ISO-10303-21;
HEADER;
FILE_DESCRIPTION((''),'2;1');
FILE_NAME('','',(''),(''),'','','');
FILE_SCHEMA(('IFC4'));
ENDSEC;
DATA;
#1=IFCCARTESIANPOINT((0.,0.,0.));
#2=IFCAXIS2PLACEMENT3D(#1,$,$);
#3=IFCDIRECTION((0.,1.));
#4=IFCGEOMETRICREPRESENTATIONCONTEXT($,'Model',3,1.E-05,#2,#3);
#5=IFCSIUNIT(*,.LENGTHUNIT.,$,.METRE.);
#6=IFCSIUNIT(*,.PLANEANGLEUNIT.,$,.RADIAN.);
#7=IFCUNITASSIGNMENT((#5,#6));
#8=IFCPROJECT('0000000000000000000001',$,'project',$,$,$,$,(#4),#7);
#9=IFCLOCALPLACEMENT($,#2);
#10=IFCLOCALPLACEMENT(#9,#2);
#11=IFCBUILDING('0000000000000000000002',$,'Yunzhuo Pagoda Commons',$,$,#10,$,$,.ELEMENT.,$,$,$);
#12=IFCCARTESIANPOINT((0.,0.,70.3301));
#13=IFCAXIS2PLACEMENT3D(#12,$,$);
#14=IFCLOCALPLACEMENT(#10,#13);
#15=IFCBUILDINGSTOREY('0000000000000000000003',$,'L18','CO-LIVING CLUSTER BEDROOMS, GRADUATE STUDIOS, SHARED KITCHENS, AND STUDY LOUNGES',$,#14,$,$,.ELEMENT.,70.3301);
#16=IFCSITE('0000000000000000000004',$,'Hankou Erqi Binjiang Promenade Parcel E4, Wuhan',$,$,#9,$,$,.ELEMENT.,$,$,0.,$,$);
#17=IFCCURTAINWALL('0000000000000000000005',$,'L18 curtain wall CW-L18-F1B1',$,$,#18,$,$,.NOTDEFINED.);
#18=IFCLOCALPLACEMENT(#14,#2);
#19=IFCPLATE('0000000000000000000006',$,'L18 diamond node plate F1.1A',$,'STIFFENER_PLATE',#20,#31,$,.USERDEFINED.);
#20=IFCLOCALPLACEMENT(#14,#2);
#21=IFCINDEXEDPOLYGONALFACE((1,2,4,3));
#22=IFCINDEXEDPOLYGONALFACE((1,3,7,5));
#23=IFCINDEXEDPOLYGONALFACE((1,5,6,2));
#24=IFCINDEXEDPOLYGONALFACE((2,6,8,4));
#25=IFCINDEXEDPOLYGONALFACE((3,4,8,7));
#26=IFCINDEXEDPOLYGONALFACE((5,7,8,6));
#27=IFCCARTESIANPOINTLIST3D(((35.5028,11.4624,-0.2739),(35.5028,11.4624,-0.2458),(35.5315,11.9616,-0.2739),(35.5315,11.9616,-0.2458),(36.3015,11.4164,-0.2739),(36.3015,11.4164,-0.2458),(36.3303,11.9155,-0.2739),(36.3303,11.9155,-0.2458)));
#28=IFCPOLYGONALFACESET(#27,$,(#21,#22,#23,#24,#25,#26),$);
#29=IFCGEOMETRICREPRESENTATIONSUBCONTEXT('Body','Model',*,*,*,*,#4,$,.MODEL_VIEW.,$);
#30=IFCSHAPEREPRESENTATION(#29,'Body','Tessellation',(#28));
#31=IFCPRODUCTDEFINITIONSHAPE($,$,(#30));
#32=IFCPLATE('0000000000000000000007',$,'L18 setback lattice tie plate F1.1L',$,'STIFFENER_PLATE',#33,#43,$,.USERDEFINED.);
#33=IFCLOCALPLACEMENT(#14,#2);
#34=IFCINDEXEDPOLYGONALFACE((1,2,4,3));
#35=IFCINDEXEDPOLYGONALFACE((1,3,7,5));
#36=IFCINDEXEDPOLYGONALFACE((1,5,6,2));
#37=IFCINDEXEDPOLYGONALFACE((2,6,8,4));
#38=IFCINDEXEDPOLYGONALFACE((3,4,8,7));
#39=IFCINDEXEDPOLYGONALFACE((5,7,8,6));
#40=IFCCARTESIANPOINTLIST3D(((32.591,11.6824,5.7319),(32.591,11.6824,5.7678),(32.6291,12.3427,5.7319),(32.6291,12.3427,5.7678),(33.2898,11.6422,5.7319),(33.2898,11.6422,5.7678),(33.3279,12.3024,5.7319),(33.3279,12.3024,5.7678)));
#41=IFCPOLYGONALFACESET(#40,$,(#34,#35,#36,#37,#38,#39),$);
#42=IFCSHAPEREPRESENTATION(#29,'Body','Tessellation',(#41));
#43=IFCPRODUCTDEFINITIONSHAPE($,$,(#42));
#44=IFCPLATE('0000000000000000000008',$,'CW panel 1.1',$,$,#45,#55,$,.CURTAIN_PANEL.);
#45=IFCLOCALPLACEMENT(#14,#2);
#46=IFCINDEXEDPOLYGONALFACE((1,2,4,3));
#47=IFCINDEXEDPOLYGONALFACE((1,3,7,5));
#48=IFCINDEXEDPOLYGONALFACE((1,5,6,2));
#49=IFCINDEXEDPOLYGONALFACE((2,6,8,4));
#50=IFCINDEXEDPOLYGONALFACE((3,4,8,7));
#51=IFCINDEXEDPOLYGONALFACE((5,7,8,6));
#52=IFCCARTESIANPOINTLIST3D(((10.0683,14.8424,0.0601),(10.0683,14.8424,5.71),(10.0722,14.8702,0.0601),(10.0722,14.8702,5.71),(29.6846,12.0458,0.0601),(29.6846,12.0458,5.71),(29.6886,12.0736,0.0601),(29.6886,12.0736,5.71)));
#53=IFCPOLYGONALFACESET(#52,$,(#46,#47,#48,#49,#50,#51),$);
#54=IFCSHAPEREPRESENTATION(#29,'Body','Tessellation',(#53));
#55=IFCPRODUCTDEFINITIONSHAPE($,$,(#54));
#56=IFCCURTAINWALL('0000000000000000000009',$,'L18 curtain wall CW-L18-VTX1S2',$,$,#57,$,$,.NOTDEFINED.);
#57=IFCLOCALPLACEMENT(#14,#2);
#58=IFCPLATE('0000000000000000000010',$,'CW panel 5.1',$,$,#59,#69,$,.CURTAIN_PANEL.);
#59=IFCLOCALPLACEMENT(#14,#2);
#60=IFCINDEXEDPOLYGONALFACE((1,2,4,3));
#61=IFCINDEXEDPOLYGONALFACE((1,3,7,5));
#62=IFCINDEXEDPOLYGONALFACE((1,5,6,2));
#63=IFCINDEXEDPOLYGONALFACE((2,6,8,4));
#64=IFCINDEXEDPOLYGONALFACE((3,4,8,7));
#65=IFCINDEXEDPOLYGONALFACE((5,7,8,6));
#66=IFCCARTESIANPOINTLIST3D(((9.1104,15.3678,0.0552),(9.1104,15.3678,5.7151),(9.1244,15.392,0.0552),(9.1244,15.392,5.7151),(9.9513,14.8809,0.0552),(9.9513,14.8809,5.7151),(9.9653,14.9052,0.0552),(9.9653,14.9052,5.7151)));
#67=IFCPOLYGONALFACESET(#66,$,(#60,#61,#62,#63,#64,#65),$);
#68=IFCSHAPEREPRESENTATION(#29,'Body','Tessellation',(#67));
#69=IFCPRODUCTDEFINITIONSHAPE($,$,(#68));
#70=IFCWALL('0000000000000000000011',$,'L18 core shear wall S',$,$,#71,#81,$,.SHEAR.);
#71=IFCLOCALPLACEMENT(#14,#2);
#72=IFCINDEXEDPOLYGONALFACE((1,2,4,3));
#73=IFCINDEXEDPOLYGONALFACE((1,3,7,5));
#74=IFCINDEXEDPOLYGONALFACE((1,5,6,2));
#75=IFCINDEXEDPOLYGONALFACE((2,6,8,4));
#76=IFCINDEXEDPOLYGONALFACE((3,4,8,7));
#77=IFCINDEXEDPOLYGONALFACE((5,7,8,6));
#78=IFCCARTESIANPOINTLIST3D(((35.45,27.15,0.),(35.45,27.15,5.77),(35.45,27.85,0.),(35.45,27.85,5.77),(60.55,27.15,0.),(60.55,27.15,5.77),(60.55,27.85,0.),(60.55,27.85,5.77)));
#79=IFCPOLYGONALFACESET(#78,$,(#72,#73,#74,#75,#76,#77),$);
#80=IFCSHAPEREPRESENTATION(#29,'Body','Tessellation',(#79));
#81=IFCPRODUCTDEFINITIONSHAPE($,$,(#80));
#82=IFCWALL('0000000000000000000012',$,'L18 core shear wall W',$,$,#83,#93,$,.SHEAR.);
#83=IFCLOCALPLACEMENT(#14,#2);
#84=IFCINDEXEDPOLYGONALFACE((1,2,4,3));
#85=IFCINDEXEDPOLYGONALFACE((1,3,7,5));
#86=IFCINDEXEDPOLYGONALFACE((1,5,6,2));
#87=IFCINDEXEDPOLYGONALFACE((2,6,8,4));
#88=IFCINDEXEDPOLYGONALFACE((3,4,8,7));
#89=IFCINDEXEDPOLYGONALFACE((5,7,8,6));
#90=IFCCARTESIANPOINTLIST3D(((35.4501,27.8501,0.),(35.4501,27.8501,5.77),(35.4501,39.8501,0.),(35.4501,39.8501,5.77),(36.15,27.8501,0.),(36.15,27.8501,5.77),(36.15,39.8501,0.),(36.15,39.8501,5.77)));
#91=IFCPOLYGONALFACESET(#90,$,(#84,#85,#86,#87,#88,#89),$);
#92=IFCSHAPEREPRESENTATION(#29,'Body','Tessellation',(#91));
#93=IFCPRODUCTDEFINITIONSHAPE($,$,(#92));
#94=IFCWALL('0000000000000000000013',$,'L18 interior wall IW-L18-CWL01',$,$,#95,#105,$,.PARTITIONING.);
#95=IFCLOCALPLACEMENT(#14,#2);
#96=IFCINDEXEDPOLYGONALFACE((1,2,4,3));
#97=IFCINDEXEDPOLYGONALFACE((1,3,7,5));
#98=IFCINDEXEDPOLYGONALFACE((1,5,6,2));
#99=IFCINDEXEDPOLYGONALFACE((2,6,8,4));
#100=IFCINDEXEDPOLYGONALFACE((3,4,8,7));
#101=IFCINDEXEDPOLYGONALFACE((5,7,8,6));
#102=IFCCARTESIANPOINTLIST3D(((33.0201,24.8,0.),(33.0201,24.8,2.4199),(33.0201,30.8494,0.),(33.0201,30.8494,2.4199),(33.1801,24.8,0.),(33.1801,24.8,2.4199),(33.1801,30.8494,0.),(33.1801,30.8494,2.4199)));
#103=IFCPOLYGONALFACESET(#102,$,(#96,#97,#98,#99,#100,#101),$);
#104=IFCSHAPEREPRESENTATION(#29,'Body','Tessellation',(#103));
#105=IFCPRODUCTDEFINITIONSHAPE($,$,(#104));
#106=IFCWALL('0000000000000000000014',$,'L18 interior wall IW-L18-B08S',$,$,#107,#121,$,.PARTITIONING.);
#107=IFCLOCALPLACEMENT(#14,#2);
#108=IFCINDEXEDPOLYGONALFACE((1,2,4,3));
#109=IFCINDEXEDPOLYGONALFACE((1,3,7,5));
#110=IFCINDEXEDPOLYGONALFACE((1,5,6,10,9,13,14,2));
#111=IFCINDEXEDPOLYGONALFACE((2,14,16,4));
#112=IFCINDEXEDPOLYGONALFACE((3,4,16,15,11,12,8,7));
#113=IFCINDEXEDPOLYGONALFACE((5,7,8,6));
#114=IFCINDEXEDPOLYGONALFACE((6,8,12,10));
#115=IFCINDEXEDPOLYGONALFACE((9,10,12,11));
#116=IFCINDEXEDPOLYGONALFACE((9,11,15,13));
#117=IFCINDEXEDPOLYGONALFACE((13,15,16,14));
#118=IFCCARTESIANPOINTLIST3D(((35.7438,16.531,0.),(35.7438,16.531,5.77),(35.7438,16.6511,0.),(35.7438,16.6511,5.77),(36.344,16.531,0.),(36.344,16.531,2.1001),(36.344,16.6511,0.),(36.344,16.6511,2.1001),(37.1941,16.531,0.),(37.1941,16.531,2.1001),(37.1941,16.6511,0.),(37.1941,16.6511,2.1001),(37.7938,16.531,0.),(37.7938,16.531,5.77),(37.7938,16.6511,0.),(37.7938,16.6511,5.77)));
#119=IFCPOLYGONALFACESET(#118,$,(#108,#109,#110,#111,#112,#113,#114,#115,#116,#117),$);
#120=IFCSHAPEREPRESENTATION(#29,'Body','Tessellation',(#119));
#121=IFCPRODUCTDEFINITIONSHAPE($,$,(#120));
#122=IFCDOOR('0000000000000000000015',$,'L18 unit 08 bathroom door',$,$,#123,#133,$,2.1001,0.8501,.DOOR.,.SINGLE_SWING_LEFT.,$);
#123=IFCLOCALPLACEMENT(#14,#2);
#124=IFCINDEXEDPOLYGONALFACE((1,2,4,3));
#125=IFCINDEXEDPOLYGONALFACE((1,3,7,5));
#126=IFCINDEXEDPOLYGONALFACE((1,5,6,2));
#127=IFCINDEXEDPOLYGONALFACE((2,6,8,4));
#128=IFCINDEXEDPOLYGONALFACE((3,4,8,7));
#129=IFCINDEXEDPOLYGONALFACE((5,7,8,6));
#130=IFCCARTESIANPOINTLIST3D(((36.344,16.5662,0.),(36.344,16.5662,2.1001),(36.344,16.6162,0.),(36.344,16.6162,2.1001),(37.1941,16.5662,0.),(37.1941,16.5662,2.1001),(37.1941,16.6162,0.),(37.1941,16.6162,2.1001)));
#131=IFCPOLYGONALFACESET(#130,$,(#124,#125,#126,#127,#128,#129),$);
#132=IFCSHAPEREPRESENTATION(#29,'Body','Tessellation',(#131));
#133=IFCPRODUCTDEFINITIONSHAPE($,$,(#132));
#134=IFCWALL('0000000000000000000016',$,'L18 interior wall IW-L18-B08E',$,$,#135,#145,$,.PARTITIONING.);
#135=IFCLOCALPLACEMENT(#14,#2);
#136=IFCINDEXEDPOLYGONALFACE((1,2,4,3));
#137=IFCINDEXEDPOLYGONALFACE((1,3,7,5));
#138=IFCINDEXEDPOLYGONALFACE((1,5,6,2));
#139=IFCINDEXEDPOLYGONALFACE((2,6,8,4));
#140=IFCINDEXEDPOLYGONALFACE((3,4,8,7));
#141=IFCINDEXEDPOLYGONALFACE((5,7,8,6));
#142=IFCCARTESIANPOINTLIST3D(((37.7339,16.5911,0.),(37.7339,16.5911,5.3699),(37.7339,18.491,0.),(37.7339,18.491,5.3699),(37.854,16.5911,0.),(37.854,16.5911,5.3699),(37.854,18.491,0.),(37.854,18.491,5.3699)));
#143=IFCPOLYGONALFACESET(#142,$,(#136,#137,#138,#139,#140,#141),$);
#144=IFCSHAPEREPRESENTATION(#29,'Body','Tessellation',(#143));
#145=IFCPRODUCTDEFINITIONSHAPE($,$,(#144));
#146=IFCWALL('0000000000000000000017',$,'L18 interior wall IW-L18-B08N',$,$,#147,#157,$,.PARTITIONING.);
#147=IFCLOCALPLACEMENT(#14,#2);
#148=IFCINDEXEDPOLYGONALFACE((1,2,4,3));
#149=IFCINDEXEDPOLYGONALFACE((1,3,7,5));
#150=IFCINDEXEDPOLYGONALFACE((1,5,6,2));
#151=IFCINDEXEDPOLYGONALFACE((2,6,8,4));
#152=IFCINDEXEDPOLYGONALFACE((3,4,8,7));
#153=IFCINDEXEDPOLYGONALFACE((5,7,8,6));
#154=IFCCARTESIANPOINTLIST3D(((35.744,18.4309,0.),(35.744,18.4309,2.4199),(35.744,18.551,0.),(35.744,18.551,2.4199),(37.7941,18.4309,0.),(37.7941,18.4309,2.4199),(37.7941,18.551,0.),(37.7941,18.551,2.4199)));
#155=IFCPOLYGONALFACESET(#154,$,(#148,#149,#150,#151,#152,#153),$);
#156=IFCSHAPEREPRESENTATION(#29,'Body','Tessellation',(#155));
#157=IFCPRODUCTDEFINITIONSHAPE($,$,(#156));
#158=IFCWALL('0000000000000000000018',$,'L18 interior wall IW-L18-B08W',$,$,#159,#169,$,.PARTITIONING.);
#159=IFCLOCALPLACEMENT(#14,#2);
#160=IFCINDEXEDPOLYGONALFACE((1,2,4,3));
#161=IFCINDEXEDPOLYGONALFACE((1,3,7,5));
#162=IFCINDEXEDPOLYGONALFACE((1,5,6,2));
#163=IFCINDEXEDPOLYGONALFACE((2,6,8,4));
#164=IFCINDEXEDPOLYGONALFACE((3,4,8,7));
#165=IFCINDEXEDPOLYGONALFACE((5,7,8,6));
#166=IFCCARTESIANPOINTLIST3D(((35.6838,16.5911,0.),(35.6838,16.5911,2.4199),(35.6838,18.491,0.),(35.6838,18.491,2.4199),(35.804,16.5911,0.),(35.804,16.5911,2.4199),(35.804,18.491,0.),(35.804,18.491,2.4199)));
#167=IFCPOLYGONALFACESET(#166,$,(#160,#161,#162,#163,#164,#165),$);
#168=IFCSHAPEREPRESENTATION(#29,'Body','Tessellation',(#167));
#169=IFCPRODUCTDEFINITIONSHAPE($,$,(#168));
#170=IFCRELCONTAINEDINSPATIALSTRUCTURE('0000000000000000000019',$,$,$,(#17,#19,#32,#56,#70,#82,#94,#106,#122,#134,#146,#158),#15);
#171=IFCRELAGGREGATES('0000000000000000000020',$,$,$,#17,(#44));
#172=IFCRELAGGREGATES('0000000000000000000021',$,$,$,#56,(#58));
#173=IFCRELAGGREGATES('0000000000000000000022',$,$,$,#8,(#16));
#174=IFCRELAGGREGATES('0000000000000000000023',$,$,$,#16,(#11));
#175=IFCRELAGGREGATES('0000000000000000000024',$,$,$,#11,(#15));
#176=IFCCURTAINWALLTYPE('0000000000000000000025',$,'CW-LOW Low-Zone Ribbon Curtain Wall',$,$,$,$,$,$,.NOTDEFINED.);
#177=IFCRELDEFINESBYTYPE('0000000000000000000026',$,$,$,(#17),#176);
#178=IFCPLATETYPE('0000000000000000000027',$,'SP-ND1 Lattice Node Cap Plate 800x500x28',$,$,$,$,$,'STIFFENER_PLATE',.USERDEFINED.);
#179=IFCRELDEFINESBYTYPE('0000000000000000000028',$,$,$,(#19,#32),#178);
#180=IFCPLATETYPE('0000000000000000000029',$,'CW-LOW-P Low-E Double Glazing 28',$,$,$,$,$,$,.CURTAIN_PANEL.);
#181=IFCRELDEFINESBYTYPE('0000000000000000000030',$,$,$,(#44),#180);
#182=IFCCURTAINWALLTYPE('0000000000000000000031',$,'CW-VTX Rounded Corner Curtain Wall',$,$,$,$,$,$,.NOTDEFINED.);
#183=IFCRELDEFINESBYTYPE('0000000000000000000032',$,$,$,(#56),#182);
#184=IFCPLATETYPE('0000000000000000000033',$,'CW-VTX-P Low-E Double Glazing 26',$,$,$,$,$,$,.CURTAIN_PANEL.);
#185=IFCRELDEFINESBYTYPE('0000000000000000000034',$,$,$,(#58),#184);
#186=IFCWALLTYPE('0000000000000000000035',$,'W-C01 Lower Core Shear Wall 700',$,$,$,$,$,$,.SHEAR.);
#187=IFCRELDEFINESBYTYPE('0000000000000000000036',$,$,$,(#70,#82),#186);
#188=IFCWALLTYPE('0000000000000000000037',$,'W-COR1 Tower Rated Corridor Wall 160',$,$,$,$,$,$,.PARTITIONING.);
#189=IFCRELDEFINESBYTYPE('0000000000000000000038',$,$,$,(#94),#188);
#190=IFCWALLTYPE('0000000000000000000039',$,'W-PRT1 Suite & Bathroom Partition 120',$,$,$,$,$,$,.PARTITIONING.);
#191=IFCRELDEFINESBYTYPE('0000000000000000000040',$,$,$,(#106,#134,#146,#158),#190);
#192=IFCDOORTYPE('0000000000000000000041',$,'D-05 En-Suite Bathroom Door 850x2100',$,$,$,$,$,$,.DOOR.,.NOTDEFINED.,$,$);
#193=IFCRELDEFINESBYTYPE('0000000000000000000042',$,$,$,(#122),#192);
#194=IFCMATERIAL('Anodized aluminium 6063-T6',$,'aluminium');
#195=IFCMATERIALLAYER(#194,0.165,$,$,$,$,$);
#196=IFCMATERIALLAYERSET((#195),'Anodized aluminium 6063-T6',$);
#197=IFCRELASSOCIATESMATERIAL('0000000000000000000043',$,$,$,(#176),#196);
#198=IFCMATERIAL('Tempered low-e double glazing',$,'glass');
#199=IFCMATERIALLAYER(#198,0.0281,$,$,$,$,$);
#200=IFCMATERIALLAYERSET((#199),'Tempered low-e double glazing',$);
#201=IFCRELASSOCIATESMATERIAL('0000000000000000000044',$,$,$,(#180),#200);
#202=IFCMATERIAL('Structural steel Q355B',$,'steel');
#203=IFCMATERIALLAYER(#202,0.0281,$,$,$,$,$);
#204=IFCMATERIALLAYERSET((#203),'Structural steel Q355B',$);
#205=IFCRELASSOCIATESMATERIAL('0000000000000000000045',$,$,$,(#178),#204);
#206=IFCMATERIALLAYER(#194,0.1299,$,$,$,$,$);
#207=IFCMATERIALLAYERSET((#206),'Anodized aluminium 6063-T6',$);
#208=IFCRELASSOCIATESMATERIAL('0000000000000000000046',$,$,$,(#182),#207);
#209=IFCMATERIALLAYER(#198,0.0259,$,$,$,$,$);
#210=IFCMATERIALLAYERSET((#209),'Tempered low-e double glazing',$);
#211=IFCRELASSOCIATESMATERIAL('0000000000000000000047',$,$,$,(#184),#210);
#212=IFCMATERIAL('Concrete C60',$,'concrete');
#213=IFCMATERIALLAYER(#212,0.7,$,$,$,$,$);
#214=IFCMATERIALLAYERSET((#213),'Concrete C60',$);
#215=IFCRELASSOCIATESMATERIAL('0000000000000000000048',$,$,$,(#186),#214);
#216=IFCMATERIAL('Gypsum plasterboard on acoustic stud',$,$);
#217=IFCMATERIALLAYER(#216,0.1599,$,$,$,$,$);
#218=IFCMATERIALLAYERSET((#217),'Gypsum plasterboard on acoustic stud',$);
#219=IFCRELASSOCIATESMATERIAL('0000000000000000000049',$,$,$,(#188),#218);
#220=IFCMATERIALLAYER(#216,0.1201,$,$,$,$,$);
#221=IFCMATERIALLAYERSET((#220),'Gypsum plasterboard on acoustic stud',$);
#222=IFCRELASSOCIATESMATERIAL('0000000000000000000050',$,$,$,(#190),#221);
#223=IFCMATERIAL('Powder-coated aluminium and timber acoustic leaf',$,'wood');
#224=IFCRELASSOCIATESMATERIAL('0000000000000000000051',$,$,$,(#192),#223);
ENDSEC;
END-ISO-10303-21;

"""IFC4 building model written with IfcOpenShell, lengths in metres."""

from ifc_helpers import new_model, si_unit, direction, frame, frame_2d, origin, origin_2d, place, context, subcontext, project, spatial, rectangle, extrude, source, transform, mapped, material, layer, layer_set, type_object, element, fill, aggregate, save


model = new_model("IFC4")

# Units and contexts
model_context = context("Model", 3, precision=1e-05, world=origin(), true_north=direction((0.0, 1.0)))
body_context = subcontext(model_context, "Body", "Model", "MODEL_VIEW")
ifc_project = project(units=[si_unit("LENGTHUNIT", "METRE"), si_unit("PLANEANGLEUNIT", "RADIAN")], contexts=[model_context])

# Site, building, storey
site_placement = place(None, origin())
site = spatial("IfcSite", under=ifc_project, at=site_placement, Name="Hankou Erqi Binjiang Promenade Parcel E4, Wuhan", CompositionType="ELEMENT", RefElevation=0.0)
building_placement = place(site_placement, origin())
building = spatial("IfcBuilding", under=site, at=building_placement, Name="Yunzhuo Pagoda Commons", CompositionType="ELEMENT")
storey_placement = place(building_placement, frame((0.0, 0.0, 70.3301)))
storey = spatial("IfcBuildingStorey", under=building, at=storey_placement, Name="L18", Description="CO-LIVING CLUSTER BEDROOMS, GRADUATE STUDIOS, SHARED KITCHENS, AND STUDY LOUNGES", CompositionType="ELEMENT", Elevation=70.3301)

# Shared definitions
ifc_material_1 = material(Name="Structural steel Q355B", Category="steel")

# Curtain wall
ifc_material_2 = material(Name="Anodized aluminium 6063-T6", Category="aluminium")
ifc_layer_1 = layer(ifc_material_2, 0.165)
ifc_layer_set_1 = layer_set([ifc_layer_1], Name="Anodized aluminium 6063-T6")
curtain_wall_type_1 = type_object("IfcCurtainWallType", Name="CW-LOW Low-Zone Ribbon Curtain Wall", PredefinedType="NOTDEFINED", material=ifc_layer_set_1)
curtain_wall_1_placement = place(storey_placement, origin())
curtain_wall_1 = element("IfcCurtainWall", 1, at=curtain_wall_1_placement, inside=storey, type_object=curtain_wall_type_1, Name="L18 curtain wall CW-L18-F1B1", PredefinedType="NOTDEFINED")

# Shared definitions
ifc_material_3 = material(Name="Tempered low-e double glazing", Category="glass")
ifc_layer_2 = layer(ifc_material_3, 0.0281)
ifc_layer_set_2 = layer_set([ifc_layer_2], Name="Tempered low-e double glazing")
plate_type_1 = type_object("IfcPlateType", Name="CW-LOW-P Low-E Double Glazing 28", PredefinedType="CURTAIN_PANEL", material=ifc_layer_set_2)

# Plates
ifc_layer_3 = layer(ifc_material_1, 0.0281)
ifc_layer_set_3 = layer_set([ifc_layer_3], Name="Structural steel Q355B")
plate_type_2 = type_object("IfcPlateType", Name="SP-ND1 Lattice Node Cap Plate 800x500x28", ElementType="STIFFENER_PLATE", PredefinedType="USERDEFINED", material=ifc_layer_set_3)
shared_shape_1 = source(origin(), body_context, "Body", "SweptSolid", [
    extrude(rectangle(XDim=0.8, YDim=0.5, at=origin_2d()), origin(), (0.0, 0.0, 1.0), 0.0281),
])
plate_1_placement = place(storey_placement, frame((35.9165, 11.689, -0.2739), z_axis=(0.0, 0.0, 1.0), x_axis=(0.998343, -0.057547, 0.0)))
element("IfcPlate", 2, at=plate_1_placement, inside=storey, type_object=plate_type_2, Name="L18 diamond node plate F1.1A", ObjectType="STIFFENER_PLATE", PredefinedType="USERDEFINED", context=body_context, shape_type="MappedRepresentation", body=[
    mapped(shared_shape_1, transform((0.0, 0.0, 0.0), scale=1.0)),
])
shared_shape_2 = source(origin(), body_context, "Body", "SweptSolid", [
    extrude(rectangle(XDim=0.7, YDim=0.6614, at=origin_2d()), origin(), (0.0, 0.0, 1.0), 0.0359),
])
plate_2_placement = place(storey_placement, frame((32.9595, 11.9924, 5.7319), z_axis=(0.0, 0.0, 1.0), x_axis=(0.998343, -0.057547, 0.0)))
element("IfcPlate", 3, at=plate_2_placement, inside=storey, type_object=plate_type_2, Name="L18 setback lattice tie plate F1.1L", ObjectType="STIFFENER_PLATE", PredefinedType="USERDEFINED", context=body_context, shape_type="MappedRepresentation", body=[
    mapped(shared_shape_2, transform((0.0, 0.0, 0.0), scale=1.0)),
])

# Plate
shared_shape_3 = source(origin(), body_context, "Body", "SweptSolid", [
    extrude(rectangle(XDim=19.8147, YDim=0.0281, at=origin_2d()), origin(), (0.0, 0.0, 1.0), 5.6499),
])
plate_3_placement = place(storey_placement, frame((19.8784, 13.458, 0.0601), z_axis=(0.0, 0.0, 1.0), x_axis=(0.98999, -0.14114, 0.0)))
plate_3 = element("IfcPlate", 4, at=plate_3_placement, type_object=plate_type_1, Name="CW panel 1.1", PredefinedType="CURTAIN_PANEL", context=body_context, shape_type="MappedRepresentation", body=[
    mapped(shared_shape_3, transform((0.0, 0.0, 0.0), scale=1.0)),
])
aggregate(curtain_wall_1, [plate_3])

# Curtain wall, plate
ifc_layer_4 = layer(ifc_material_2, 0.1299)
ifc_layer_set_4 = layer_set([ifc_layer_4], Name="Anodized aluminium 6063-T6")
curtain_wall_type_2 = type_object("IfcCurtainWallType", Name="CW-VTX Rounded Corner Curtain Wall", PredefinedType="NOTDEFINED", material=ifc_layer_set_4)
curtain_wall_2_placement = place(storey_placement, origin())
curtain_wall_2 = element("IfcCurtainWall", 5, at=curtain_wall_2_placement, inside=storey, type_object=curtain_wall_type_2, Name="L18 curtain wall CW-L18-VTX1S2", PredefinedType="NOTDEFINED")
ifc_layer_5 = layer(ifc_material_3, 0.0259)
ifc_layer_set_5 = layer_set([ifc_layer_5], Name="Tempered low-e double glazing")
plate_type_3 = type_object("IfcPlateType", Name="CW-VTX-P Low-E Double Glazing 26", PredefinedType="CURTAIN_PANEL", material=ifc_layer_set_5)
shared_shape_4 = source(origin(), body_context, "Body", "SweptSolid", [
    extrude(rectangle(XDim=0.9717, YDim=0.0281, at=origin_2d()), origin(), (0.0, 0.0, 1.0), 5.6599),
])
plate_4_placement = place(storey_placement, frame((9.5378, 15.1365, 0.0552), z_axis=(0.0, 0.0, 1.0), x_axis=(0.865425, -0.501039, 0.0)))
plate_4 = element("IfcPlate", 6, at=plate_4_placement, type_object=plate_type_3, Name="CW panel 5.1", PredefinedType="CURTAIN_PANEL", context=body_context, shape_type="MappedRepresentation", body=[
    mapped(shared_shape_4, transform((0.0, 0.0, 0.0), scale=1.0)),
])
aggregate(curtain_wall_2, [plate_4])

# Walls
ifc_material_4 = material(Name="Concrete C60", Category="concrete")
ifc_layer_6 = layer(ifc_material_4, 0.7)
ifc_layer_set_6 = layer_set([ifc_layer_6], Name="Concrete C60")
wall_type_1 = type_object("IfcWallType", Name="W-C01 Lower Core Shear Wall 700", PredefinedType="SHEAR", material=ifc_layer_set_6)
wall_1_placement = place(storey_placement, frame((35.45, 27.5, 0.0), z_axis=(0.0, 0.0, 1.0), x_axis=(1.0, 0.0, 0.0)))
element("IfcWall", 7, at=wall_1_placement, inside=storey, type_object=wall_type_1, Name="L18 core shear wall S", PredefinedType="SHEAR", context=body_context, shape_type="SweptSolid", body=[
    extrude(rectangle(XDim=25.1001, YDim=0.7, at=frame_2d((12.55, 0.0))), origin(), (0.0, 0.0, 1.0), 5.77),
])
wall_2_placement = place(storey_placement, frame((35.8, 27.8501, 0.0), z_axis=(0.0, 0.0, 1.0), x_axis=(0.0, 1.0, 0.0)))
element("IfcWall", 8, at=wall_2_placement, inside=storey, type_object=wall_type_1, Name="L18 core shear wall W", PredefinedType="SHEAR", context=body_context, shape_type="SweptSolid", body=[
    extrude(rectangle(XDim=12.0, YDim=0.7, at=frame_2d((6.0, 0.0))), origin(), (0.0, 0.0, 1.0), 5.77),
])
ifc_material_5 = material(Name="Gypsum plasterboard on acoustic stud")
ifc_layer_7 = layer(ifc_material_5, 0.1599)
ifc_layer_set_7 = layer_set([ifc_layer_7], Name="Gypsum plasterboard on acoustic stud")
wall_type_2 = type_object("IfcWallType", Name="W-COR1 Tower Rated Corridor Wall 160", PredefinedType="PARTITIONING", material=ifc_layer_set_7)
wall_3_placement = place(storey_placement, frame((33.1001, 24.8, 0.0), z_axis=(0.0, 0.0, 1.0), x_axis=(0.0, 1.0, 0.0)))
element("IfcWall", 9, at=wall_3_placement, inside=storey, type_object=wall_type_2, Name="L18 interior wall IW-L18-CWL01", PredefinedType="PARTITIONING", context=body_context, shape_type="SweptSolid", body=[
    extrude(rectangle(XDim=6.0493, YDim=0.1599, at=frame_2d((3.0247, 0.0))), origin(), (0.0, 0.0, 1.0), 2.4199),
])

# Wall, opening, door
ifc_layer_8 = layer(ifc_material_5, 0.1201)
ifc_layer_set_8 = layer_set([ifc_layer_8], Name="Gypsum plasterboard on acoustic stud")
wall_type_3 = type_object("IfcWallType", Name="W-PRT1 Suite & Bathroom Partition 120", PredefinedType="PARTITIONING", material=ifc_layer_set_8)
wall_4_placement = place(storey_placement, frame((35.7439, 16.5911, 0.0), z_axis=(0.0, 0.0, 1.0), x_axis=(1.0, 0.0, 0.0)))
wall_4 = element("IfcWall", 10, at=wall_4_placement, inside=storey, type_object=wall_type_3, Name="L18 interior wall IW-L18-B08S", PredefinedType="PARTITIONING", context=body_context, shape_type="SweptSolid", body=[
    extrude(rectangle(XDim=2.05, YDim=0.1201, at=frame_2d((1.0249, 0.0))), origin(), (0.0, 0.0, 1.0), 5.77),
])
opening_placement = place(wall_4_placement, frame((0.6001, 0.0, 0.0)))
opening = element("IfcOpeningElement", 11, at=opening_placement, cuts=wall_4, PredefinedType="OPENING", context=body_context, shape_type="SweptSolid", body=[
    extrude(rectangle(XDim=0.8501, YDim=2.1001, at=frame_2d((0.425, 1.05))), frame((0.0, 0.0701, 0.0), z_axis=(0.0, -1.0, 0.0), x_axis=(1.0, 0.0, 0.0)), (0.0, 0.0, 1.0), 0.1401),
])
ifc_material_6 = material(Name="Powder-coated aluminium and timber acoustic leaf", Category="wood")
door_type = type_object("IfcDoorType", Name="D-05 En-Suite Bathroom Door 850x2100", OperationType="NOTDEFINED", PredefinedType="DOOR", material=ifc_material_6)
shared_shape_5 = source(origin(), body_context, "Body", "SweptSolid", [
    extrude(rectangle(XDim=0.8501, YDim=2.1001, at=frame_2d((0.425, 1.05))), frame((0.0, 0.0249, 0.0), z_axis=(0.0, -1.0, 0.0), x_axis=(1.0, 0.0, 0.0)), (0.0, 0.0, 1.0), 0.05),
])
door_placement = place(opening_placement, frame((0.8501, 0.0, 0.0), z_axis=(0.0, 0.0, 1.0), x_axis=(-1.0, 0.0, 0.0)))
door = element("IfcDoor", 12, at=door_placement, inside=storey, type_object=door_type, Name="L18 unit 08 bathroom door", OperationType="SINGLE_SWING_LEFT", OverallHeight=2.1001, OverallWidth=0.8501, PredefinedType="DOOR", context=body_context, shape_type="MappedRepresentation", body=[
    mapped(shared_shape_5, transform((0.0, 0.0, 0.0), scale=1.0)),
])
fill(opening, door)

# Walls
wall_5_placement = place(storey_placement, frame((37.7939, 16.5911, 0.0), z_axis=(0.0, 0.0, 1.0), x_axis=(0.0, 1.0, 0.0)))
element("IfcWall", 13, at=wall_5_placement, inside=storey, type_object=wall_type_3, Name="L18 interior wall IW-L18-B08E", PredefinedType="PARTITIONING", context=body_context, shape_type="SweptSolid", body=[
    extrude(rectangle(XDim=1.8999, YDim=0.1201, at=frame_2d((0.95, 0.0))), origin(), (0.0, 0.0, 1.0), 5.3699),
])
wall_6_placement = place(storey_placement, frame((37.7939, 18.491, 0.0), z_axis=(0.0, 0.0, 1.0), x_axis=(-1.0, 0.0, 0.0)))
element("IfcWall", 14, at=wall_6_placement, inside=storey, type_object=wall_type_3, Name="L18 interior wall IW-L18-B08N", PredefinedType="PARTITIONING", context=body_context, shape_type="SweptSolid", body=[
    extrude(rectangle(XDim=2.05, YDim=0.1201, at=frame_2d((1.0249, 0.0))), origin(), (0.0, 0.0, 1.0), 2.4199),
])
wall_7_placement = place(storey_placement, frame((35.7439, 18.491, 0.0), z_axis=(0.0, 0.0, 1.0), x_axis=(0.0, -1.0, 0.0)))
element("IfcWall", 15, at=wall_7_placement, inside=storey, type_object=wall_type_3, Name="L18 interior wall IW-L18-B08W", PredefinedType="PARTITIONING", context=body_context, shape_type="SweptSolid", body=[
    extrude(rectangle(XDim=1.8999, YDim=0.1201, at=frame_2d((0.95, 0.0))), origin(), (0.0, 0.0, 1.0), 2.4199),
])

save(model, "model.ifc")
